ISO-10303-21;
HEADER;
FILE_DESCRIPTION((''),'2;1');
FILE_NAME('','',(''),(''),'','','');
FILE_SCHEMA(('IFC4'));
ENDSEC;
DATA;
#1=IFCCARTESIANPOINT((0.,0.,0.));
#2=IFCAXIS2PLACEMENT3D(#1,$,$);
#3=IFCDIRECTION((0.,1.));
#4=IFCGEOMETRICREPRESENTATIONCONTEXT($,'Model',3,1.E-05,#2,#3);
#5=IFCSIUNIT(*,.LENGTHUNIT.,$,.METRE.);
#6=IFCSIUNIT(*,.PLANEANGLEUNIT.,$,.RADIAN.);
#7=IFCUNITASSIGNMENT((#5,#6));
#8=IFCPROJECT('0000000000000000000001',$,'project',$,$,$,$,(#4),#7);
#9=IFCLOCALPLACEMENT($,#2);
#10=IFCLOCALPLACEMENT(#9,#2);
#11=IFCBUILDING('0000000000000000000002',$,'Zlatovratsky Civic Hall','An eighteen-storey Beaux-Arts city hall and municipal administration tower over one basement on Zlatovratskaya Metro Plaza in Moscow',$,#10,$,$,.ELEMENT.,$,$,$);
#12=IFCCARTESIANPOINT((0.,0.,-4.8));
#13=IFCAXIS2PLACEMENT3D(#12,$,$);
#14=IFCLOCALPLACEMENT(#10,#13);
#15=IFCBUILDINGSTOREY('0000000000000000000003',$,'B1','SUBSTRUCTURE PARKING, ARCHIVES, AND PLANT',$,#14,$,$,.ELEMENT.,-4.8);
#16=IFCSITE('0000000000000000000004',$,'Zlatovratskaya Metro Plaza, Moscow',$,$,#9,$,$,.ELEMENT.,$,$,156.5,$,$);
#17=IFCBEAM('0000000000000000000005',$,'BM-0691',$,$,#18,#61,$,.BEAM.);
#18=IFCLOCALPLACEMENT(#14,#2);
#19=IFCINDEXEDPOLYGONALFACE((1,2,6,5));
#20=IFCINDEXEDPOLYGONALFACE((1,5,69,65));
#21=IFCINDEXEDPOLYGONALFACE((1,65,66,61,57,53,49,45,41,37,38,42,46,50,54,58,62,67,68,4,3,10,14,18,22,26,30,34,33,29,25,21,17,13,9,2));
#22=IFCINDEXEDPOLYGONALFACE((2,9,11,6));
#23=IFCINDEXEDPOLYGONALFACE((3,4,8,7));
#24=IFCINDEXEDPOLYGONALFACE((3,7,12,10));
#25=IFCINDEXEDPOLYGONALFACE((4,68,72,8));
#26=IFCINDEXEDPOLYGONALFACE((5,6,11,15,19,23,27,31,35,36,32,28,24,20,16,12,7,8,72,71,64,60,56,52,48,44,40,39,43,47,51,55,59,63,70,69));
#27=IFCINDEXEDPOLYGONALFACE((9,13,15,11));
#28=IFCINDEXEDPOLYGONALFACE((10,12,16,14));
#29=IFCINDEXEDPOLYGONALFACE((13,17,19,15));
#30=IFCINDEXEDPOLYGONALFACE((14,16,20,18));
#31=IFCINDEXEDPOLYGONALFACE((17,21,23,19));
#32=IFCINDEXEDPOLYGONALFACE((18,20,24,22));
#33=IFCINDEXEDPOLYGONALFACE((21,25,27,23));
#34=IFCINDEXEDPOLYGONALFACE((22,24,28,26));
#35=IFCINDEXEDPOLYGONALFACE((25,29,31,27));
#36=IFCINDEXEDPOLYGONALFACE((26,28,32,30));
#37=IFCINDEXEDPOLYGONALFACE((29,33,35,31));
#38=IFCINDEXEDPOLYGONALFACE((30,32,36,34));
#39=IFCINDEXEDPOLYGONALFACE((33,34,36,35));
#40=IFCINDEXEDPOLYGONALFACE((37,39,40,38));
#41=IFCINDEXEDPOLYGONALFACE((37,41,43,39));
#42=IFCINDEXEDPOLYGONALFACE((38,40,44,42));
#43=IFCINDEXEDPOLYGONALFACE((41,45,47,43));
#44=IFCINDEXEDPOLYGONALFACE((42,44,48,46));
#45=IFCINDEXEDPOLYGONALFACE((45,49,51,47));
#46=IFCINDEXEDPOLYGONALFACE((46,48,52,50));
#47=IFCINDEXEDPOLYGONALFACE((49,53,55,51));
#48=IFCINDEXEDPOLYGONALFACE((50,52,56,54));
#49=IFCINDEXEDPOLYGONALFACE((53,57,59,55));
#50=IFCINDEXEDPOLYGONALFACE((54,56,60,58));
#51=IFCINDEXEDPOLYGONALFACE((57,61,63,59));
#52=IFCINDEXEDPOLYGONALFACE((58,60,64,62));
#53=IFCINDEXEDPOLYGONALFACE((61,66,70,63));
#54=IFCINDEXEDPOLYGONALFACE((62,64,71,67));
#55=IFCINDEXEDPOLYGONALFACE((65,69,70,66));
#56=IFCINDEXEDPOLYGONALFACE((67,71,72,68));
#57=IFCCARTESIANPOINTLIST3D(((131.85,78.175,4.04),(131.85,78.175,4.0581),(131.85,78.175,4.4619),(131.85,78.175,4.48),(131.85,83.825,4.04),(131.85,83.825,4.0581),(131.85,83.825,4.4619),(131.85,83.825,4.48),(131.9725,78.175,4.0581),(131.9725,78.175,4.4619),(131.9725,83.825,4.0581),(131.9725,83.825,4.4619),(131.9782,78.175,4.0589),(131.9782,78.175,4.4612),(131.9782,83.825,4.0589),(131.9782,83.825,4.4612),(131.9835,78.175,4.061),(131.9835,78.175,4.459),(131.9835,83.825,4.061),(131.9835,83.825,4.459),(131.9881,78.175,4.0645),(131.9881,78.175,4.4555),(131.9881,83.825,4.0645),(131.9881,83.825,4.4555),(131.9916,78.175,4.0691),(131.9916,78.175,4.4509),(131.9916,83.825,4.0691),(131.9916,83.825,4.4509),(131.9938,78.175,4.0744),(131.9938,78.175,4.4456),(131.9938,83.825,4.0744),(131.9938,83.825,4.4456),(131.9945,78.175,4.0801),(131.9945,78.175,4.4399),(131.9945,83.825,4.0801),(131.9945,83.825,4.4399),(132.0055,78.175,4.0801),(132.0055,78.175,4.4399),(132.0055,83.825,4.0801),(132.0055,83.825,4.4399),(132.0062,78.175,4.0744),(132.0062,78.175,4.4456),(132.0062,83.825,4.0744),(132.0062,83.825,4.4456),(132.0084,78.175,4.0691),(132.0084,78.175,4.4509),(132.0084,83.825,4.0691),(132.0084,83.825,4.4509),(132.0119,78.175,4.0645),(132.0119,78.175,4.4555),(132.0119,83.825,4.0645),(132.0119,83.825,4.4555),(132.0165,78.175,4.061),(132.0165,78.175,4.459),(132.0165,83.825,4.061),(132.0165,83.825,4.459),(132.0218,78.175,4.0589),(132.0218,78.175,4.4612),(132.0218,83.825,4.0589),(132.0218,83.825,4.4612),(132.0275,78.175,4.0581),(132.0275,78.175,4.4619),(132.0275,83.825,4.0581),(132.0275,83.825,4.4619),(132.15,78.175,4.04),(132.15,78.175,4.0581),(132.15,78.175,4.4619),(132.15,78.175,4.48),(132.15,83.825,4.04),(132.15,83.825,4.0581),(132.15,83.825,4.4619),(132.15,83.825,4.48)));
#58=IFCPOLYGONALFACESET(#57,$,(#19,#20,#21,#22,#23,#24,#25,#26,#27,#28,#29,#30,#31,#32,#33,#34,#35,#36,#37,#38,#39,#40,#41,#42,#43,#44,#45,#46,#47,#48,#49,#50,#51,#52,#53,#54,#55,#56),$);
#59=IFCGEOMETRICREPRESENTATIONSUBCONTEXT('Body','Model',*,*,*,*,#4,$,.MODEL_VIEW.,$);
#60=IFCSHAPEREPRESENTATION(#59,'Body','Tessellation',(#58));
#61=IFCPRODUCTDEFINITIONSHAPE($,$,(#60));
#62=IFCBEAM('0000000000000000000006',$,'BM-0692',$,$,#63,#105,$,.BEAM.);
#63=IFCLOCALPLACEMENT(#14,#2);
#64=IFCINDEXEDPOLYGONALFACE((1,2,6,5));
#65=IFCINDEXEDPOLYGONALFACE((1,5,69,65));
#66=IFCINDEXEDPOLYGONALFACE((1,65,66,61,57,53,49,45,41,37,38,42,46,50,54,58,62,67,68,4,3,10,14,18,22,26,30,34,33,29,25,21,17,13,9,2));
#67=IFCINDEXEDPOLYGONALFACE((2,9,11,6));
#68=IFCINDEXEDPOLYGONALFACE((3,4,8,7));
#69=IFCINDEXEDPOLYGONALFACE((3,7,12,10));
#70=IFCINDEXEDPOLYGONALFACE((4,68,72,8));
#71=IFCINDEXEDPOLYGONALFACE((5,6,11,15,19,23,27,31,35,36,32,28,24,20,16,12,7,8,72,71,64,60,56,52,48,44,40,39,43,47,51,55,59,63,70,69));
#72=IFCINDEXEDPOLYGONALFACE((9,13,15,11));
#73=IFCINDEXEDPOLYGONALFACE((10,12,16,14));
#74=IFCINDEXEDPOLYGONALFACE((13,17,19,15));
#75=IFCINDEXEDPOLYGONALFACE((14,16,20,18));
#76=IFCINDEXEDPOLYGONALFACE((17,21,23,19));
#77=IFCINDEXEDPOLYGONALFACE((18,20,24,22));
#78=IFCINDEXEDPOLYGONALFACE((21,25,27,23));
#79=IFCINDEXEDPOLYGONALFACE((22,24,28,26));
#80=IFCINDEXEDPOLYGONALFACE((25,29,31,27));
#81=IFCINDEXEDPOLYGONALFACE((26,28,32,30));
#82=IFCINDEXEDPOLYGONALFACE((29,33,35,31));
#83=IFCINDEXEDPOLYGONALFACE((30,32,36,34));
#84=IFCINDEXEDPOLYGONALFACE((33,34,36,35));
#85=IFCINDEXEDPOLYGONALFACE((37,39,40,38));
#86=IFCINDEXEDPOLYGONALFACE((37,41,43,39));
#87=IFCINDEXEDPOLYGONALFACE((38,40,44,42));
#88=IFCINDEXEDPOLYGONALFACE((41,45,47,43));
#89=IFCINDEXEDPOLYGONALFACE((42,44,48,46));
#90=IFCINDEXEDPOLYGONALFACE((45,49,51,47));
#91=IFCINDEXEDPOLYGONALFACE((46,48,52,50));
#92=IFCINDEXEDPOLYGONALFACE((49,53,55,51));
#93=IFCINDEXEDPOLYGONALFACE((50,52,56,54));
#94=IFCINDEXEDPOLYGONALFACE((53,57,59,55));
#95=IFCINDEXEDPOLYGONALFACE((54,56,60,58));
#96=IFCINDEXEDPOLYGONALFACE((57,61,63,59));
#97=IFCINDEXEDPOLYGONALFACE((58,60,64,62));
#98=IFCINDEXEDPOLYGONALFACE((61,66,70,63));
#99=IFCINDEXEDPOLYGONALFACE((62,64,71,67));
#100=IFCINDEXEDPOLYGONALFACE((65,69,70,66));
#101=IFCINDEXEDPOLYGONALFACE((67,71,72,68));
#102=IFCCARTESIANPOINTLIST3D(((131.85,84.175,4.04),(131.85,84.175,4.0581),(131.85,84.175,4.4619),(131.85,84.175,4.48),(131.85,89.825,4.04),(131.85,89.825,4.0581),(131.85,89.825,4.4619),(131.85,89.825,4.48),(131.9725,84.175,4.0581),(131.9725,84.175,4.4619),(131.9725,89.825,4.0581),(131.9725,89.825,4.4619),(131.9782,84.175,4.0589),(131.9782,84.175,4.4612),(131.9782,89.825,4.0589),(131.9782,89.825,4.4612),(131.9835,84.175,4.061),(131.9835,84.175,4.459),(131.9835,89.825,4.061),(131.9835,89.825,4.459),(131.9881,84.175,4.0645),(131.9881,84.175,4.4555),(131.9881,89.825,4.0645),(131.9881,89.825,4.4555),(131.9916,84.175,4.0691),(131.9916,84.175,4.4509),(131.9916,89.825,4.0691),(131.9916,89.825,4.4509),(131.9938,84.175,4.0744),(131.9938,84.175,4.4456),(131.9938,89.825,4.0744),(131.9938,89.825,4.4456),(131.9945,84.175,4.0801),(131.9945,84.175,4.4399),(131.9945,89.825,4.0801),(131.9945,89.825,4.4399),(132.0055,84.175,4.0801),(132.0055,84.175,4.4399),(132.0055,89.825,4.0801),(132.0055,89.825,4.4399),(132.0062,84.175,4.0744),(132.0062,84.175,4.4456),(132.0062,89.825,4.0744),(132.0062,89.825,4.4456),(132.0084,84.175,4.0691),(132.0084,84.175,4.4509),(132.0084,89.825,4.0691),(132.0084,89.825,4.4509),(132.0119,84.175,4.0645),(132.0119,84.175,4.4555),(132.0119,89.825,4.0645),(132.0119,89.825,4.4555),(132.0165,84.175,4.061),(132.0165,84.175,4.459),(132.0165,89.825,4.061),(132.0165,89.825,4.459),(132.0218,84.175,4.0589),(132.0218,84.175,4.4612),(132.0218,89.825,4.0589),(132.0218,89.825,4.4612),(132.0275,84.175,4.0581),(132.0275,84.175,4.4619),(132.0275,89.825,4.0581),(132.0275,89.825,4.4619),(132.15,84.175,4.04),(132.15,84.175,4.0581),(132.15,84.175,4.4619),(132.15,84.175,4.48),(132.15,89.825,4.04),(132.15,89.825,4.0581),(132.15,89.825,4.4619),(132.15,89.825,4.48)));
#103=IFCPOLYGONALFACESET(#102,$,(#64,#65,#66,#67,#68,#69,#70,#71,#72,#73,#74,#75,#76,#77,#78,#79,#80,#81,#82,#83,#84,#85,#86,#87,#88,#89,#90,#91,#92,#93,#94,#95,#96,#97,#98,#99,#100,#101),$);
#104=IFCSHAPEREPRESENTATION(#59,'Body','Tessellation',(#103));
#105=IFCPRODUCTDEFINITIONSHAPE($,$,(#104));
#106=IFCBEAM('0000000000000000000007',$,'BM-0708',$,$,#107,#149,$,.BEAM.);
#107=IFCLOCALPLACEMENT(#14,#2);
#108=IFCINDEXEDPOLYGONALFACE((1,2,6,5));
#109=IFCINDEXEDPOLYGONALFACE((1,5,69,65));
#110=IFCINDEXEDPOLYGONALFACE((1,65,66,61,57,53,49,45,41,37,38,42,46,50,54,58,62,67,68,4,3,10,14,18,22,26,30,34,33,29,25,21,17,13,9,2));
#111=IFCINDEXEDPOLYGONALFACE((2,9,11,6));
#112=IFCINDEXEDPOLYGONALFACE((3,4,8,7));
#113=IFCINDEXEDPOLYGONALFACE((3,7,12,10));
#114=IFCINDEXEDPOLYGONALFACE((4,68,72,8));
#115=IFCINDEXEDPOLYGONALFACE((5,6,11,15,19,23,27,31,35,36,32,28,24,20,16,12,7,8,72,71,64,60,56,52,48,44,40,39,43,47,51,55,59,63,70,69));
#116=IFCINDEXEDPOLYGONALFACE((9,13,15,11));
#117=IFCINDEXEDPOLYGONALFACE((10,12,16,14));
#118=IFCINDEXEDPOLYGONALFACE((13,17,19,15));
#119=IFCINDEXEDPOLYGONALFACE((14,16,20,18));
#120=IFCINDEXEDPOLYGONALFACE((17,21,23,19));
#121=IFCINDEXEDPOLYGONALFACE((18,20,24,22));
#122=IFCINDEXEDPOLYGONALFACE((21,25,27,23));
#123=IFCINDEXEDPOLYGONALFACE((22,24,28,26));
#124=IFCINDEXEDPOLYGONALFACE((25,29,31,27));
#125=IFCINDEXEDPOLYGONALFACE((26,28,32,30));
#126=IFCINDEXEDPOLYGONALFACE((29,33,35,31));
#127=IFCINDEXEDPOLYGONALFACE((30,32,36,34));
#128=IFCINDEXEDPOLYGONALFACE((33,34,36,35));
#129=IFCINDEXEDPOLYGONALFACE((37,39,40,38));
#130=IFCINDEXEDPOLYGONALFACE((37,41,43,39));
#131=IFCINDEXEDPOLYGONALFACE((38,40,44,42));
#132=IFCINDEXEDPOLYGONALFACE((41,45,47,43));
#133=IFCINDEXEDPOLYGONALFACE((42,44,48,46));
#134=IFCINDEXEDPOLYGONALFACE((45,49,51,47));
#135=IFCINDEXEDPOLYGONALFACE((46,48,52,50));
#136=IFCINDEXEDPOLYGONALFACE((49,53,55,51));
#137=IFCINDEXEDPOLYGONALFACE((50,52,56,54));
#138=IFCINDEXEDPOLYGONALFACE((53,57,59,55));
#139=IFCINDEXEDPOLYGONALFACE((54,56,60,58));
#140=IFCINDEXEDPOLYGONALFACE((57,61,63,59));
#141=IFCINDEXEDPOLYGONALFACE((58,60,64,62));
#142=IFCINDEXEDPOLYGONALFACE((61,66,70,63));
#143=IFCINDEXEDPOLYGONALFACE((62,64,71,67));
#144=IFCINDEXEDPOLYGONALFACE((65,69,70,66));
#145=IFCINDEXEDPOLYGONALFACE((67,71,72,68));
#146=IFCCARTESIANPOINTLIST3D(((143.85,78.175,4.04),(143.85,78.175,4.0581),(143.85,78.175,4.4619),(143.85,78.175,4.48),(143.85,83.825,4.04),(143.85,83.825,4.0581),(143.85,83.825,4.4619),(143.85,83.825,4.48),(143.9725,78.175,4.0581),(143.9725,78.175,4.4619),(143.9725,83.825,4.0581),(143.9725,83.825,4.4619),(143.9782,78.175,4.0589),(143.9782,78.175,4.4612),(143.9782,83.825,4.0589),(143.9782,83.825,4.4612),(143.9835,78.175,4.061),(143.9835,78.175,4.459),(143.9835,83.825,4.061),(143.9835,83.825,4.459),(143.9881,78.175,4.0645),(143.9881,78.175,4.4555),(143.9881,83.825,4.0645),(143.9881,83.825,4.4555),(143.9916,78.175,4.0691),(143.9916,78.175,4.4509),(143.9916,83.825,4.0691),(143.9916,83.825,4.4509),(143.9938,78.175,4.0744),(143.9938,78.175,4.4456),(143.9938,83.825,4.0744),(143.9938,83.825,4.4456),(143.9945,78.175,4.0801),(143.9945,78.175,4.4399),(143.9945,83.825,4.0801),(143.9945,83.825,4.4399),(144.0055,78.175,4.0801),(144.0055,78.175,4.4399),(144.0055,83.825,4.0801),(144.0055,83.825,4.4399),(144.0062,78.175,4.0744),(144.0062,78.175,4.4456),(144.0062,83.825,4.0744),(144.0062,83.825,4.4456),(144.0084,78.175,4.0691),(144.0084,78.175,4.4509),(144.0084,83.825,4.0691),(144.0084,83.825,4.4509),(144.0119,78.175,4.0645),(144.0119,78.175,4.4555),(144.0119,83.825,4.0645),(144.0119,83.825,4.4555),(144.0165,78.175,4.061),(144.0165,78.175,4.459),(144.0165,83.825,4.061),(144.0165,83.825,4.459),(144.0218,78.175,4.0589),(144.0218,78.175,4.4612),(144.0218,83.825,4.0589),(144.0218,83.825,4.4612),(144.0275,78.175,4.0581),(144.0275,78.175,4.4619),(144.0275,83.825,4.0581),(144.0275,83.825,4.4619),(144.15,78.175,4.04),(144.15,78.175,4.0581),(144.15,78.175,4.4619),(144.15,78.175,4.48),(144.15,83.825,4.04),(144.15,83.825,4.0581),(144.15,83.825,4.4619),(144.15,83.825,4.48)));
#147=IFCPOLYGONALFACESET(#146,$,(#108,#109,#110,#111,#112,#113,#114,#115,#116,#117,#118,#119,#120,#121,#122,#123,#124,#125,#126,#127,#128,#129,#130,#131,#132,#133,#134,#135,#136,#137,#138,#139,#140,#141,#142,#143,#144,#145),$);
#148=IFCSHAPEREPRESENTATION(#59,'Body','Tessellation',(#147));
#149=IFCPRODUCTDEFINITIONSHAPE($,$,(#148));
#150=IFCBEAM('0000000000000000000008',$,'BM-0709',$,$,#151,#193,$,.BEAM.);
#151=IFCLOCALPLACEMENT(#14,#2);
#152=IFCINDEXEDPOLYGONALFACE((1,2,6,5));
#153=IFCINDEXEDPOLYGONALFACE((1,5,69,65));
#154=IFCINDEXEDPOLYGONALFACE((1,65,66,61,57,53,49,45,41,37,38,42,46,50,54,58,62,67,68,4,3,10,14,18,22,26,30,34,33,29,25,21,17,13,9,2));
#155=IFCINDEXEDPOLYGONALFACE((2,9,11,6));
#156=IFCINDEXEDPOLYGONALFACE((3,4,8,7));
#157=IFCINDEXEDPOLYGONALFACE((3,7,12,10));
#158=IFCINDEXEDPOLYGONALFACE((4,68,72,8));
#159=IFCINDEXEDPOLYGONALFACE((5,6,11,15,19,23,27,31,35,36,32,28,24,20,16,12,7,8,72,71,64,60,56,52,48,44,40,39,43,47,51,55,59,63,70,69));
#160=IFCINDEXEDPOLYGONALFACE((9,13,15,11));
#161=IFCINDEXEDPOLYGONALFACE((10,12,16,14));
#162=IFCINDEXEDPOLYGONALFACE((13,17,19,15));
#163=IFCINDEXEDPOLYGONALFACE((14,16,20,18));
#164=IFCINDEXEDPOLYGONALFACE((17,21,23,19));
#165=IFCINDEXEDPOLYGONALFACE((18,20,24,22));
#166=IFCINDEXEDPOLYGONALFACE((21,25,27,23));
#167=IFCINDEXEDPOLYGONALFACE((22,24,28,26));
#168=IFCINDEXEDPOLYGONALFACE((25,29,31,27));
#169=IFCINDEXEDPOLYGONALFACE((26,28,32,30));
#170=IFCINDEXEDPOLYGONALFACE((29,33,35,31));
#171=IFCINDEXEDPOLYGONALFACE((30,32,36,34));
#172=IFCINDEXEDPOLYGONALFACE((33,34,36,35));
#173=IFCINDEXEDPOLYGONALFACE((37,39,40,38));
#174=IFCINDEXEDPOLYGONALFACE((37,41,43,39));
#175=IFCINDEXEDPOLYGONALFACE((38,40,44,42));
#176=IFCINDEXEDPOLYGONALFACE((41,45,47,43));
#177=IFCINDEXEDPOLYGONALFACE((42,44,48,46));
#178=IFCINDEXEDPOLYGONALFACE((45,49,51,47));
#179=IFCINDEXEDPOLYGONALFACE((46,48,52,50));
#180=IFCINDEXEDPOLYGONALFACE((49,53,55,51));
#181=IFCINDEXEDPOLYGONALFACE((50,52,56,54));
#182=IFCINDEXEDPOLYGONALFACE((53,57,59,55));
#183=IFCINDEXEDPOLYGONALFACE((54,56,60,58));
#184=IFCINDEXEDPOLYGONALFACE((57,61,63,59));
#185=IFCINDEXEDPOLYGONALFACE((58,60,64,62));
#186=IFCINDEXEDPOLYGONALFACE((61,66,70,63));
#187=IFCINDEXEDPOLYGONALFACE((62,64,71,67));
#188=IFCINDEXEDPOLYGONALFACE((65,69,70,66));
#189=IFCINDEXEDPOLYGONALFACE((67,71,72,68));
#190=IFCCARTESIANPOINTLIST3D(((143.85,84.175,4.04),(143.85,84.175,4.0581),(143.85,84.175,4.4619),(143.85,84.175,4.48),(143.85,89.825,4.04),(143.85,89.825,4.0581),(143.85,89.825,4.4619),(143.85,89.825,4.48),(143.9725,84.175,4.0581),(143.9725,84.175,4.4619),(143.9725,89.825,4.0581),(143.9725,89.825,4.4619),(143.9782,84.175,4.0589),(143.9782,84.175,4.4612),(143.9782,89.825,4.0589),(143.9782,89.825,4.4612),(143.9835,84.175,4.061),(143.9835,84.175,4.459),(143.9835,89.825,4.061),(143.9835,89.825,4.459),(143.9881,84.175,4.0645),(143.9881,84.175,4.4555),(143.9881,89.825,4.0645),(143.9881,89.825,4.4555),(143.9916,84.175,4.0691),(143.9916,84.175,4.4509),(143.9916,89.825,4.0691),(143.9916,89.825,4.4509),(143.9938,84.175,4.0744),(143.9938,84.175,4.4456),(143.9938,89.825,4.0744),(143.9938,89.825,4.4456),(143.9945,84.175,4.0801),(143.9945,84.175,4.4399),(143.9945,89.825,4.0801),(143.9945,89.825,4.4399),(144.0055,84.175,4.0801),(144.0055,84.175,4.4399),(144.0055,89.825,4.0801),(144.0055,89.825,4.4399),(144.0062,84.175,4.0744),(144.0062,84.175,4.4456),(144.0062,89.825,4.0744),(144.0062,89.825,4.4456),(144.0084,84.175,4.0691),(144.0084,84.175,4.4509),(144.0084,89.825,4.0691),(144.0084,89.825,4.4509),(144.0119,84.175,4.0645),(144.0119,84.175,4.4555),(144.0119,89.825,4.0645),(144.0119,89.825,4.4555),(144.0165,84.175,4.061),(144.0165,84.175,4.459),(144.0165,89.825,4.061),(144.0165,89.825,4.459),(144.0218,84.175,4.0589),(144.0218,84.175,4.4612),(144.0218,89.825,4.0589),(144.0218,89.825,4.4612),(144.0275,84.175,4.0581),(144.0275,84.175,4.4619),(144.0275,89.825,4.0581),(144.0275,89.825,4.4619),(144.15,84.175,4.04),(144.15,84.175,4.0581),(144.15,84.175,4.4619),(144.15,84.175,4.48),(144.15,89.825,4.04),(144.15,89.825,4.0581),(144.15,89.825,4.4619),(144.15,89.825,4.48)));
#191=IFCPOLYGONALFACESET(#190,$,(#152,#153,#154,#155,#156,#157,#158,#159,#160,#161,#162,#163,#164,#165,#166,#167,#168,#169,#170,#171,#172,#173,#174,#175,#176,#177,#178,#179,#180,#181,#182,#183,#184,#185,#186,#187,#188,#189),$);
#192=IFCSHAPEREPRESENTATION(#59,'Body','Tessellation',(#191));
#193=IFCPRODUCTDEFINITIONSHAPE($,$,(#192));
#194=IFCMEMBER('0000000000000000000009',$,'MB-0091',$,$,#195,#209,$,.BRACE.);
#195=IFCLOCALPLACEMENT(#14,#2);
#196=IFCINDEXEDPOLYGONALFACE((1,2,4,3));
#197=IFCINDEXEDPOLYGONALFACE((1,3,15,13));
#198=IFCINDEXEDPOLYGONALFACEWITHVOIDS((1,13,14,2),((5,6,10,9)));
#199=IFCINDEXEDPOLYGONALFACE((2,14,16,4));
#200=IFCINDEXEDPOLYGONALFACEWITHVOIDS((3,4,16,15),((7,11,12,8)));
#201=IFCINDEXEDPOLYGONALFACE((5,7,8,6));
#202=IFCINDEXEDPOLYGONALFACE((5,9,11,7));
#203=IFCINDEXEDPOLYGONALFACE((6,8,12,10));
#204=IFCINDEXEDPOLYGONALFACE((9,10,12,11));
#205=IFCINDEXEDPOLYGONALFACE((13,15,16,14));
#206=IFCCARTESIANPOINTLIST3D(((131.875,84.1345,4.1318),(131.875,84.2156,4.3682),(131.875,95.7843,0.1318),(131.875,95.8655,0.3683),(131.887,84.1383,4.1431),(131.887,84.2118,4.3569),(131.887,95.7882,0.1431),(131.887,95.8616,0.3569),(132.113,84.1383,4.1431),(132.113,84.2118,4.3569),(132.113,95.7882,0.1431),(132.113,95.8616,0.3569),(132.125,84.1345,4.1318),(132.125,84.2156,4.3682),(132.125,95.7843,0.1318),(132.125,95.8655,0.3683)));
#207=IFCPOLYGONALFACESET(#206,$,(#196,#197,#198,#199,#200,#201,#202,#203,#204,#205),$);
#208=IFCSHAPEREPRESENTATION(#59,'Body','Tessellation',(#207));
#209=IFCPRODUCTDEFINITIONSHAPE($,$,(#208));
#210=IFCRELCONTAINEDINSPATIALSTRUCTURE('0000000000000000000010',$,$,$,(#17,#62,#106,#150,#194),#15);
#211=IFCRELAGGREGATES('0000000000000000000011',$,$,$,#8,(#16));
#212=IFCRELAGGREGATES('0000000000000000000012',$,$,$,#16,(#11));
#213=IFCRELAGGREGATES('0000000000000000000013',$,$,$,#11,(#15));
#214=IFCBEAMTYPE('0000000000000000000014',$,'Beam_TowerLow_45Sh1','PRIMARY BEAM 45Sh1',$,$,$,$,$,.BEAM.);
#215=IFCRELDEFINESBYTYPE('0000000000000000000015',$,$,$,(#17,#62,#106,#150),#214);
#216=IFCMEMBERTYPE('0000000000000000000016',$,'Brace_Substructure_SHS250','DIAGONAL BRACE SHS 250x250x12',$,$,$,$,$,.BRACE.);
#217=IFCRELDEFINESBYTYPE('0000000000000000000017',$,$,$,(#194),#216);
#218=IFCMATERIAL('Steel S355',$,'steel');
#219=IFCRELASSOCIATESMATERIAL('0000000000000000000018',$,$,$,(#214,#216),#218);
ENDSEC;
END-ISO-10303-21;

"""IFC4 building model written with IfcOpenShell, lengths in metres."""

from ifc_helpers import new_model, si_unit, direction, frame, origin, origin_2d, place, context, subcontext, project, spatial, hollow_rectangle, i_section, extrude, material, material_profile, profile_set, type_object, element, save


model = new_model("IFC4")

# Units and contexts
model_context = context("Model", 3, precision=1e-05, world=origin(), true_north=direction((0.0, 1.0)))
body_context = subcontext(model_context, "Body", "Model", "MODEL_VIEW")
ifc_project = project(units=[si_unit("LENGTHUNIT", "METRE"), si_unit("PLANEANGLEUNIT", "RADIAN")], contexts=[model_context])

# Site, building, storey
site_placement = place(None, origin())
site = spatial("IfcSite", under=ifc_project, at=site_placement, Name="Zlatovratskaya Metro Plaza, Moscow", CompositionType="ELEMENT", RefElevation=156.5)
building_placement = place(site_placement, origin())
building = spatial("IfcBuilding", under=site, at=building_placement, Name="Zlatovratsky Civic Hall", Description="An eighteen-storey Beaux-Arts city hall and municipal administration tower over one basement on Zlatovratskaya Metro Plaza in Moscow", CompositionType="ELEMENT")
storey_placement = place(building_placement, frame((0.0, 0.0, -4.8)))
storey = spatial("IfcBuildingStorey", under=building, at=storey_placement, Name="B1", Description="SUBSTRUCTURE PARKING, ARCHIVES, AND PLANT", CompositionType="ELEMENT", Elevation=-4.8)

# Shared definitions
ifc_material_1 = material(Name="Steel S355", Category="steel")

# Beams
ifc_material_profile_1 = material_profile(ifc_material_1, i_section(OverallWidth=0.3, OverallDepth=0.4399, WebThickness=0.011, FlangeThickness=0.0181, FilletRadius=0.022, at=origin_2d()), Name="45Sh1")
ifc_profile_set_1 = profile_set([ifc_material_profile_1], Name="Steel S355")
beam_type_1 = type_object("IfcBeamType", Name="Beam_TowerLow_45Sh1", Description="PRIMARY BEAM 45Sh1", PredefinedType="BEAM", material=ifc_profile_set_1)
for number, where, z_axis, x_axis, name in (
    (1, (132.0, 78.175, 4.26), (0.0, 1.0, 0.0), (-1.0, 0.0, 0.0), "BM-0691"),
    (2, (132.0, 84.175, 4.26), (0.0, 1.0, 0.0), (-1.0, 0.0, 0.0), "BM-0692"),
    (3, (144.0, 78.175, 4.26), (0.0, 1.0, 0.0), (-1.0, 0.0, 0.0), "BM-0708"),
    (4, (144.0, 84.175, 4.26), (0.0, 1.0, 0.0), (-1.0, 0.0, 0.0), "BM-0709"),
):
    element("IfcBeam", number, at=place(storey_placement, frame(where, z_axis=z_axis, x_axis=x_axis)), inside=storey, type_object=beam_type_1, Name=name, PredefinedType="BEAM", context=body_context, shape_type="SweptSolid", body=[
        extrude(i_section(OverallWidth=0.3, OverallDepth=0.4399, WebThickness=0.011, FlangeThickness=0.0181, FilletRadius=0.022, at=origin_2d()), origin(), (0.0, 0.0, 1.0), 5.6499),
    ])

# Member
ifc_material_profile_2 = material_profile(ifc_material_1, hollow_rectangle(XDim=0.25, YDim=0.25, WallThickness=0.012, at=origin_2d()), Name="SHS 250x250x12")
ifc_profile_set_2 = profile_set([ifc_material_profile_2], Name="Steel S355")
member_type = type_object("IfcMemberType", Name="Brace_Substructure_SHS250", Description="DIAGONAL BRACE SHS 250x250x12", PredefinedType="BRACE", material=ifc_profile_set_2)
member_placement = place(storey_placement, frame((132.0, 84.175, 4.25), z_axis=(0.0, 0.945803, -0.324742), x_axis=(-1.0, 0.0, 0.0)))
element("IfcMember", 5, at=member_placement, inside=storey, type_object=member_type, Name="MB-0091", PredefinedType="BRACE", context=body_context, shape_type="SweptSolid", body=[
    extrude(hollow_rectangle(XDim=0.25, YDim=0.25, WallThickness=0.012, at=origin_2d()), origin(), (0.0, 0.0, 1.0), 12.3174),
])

save(model, "model.ifc")
